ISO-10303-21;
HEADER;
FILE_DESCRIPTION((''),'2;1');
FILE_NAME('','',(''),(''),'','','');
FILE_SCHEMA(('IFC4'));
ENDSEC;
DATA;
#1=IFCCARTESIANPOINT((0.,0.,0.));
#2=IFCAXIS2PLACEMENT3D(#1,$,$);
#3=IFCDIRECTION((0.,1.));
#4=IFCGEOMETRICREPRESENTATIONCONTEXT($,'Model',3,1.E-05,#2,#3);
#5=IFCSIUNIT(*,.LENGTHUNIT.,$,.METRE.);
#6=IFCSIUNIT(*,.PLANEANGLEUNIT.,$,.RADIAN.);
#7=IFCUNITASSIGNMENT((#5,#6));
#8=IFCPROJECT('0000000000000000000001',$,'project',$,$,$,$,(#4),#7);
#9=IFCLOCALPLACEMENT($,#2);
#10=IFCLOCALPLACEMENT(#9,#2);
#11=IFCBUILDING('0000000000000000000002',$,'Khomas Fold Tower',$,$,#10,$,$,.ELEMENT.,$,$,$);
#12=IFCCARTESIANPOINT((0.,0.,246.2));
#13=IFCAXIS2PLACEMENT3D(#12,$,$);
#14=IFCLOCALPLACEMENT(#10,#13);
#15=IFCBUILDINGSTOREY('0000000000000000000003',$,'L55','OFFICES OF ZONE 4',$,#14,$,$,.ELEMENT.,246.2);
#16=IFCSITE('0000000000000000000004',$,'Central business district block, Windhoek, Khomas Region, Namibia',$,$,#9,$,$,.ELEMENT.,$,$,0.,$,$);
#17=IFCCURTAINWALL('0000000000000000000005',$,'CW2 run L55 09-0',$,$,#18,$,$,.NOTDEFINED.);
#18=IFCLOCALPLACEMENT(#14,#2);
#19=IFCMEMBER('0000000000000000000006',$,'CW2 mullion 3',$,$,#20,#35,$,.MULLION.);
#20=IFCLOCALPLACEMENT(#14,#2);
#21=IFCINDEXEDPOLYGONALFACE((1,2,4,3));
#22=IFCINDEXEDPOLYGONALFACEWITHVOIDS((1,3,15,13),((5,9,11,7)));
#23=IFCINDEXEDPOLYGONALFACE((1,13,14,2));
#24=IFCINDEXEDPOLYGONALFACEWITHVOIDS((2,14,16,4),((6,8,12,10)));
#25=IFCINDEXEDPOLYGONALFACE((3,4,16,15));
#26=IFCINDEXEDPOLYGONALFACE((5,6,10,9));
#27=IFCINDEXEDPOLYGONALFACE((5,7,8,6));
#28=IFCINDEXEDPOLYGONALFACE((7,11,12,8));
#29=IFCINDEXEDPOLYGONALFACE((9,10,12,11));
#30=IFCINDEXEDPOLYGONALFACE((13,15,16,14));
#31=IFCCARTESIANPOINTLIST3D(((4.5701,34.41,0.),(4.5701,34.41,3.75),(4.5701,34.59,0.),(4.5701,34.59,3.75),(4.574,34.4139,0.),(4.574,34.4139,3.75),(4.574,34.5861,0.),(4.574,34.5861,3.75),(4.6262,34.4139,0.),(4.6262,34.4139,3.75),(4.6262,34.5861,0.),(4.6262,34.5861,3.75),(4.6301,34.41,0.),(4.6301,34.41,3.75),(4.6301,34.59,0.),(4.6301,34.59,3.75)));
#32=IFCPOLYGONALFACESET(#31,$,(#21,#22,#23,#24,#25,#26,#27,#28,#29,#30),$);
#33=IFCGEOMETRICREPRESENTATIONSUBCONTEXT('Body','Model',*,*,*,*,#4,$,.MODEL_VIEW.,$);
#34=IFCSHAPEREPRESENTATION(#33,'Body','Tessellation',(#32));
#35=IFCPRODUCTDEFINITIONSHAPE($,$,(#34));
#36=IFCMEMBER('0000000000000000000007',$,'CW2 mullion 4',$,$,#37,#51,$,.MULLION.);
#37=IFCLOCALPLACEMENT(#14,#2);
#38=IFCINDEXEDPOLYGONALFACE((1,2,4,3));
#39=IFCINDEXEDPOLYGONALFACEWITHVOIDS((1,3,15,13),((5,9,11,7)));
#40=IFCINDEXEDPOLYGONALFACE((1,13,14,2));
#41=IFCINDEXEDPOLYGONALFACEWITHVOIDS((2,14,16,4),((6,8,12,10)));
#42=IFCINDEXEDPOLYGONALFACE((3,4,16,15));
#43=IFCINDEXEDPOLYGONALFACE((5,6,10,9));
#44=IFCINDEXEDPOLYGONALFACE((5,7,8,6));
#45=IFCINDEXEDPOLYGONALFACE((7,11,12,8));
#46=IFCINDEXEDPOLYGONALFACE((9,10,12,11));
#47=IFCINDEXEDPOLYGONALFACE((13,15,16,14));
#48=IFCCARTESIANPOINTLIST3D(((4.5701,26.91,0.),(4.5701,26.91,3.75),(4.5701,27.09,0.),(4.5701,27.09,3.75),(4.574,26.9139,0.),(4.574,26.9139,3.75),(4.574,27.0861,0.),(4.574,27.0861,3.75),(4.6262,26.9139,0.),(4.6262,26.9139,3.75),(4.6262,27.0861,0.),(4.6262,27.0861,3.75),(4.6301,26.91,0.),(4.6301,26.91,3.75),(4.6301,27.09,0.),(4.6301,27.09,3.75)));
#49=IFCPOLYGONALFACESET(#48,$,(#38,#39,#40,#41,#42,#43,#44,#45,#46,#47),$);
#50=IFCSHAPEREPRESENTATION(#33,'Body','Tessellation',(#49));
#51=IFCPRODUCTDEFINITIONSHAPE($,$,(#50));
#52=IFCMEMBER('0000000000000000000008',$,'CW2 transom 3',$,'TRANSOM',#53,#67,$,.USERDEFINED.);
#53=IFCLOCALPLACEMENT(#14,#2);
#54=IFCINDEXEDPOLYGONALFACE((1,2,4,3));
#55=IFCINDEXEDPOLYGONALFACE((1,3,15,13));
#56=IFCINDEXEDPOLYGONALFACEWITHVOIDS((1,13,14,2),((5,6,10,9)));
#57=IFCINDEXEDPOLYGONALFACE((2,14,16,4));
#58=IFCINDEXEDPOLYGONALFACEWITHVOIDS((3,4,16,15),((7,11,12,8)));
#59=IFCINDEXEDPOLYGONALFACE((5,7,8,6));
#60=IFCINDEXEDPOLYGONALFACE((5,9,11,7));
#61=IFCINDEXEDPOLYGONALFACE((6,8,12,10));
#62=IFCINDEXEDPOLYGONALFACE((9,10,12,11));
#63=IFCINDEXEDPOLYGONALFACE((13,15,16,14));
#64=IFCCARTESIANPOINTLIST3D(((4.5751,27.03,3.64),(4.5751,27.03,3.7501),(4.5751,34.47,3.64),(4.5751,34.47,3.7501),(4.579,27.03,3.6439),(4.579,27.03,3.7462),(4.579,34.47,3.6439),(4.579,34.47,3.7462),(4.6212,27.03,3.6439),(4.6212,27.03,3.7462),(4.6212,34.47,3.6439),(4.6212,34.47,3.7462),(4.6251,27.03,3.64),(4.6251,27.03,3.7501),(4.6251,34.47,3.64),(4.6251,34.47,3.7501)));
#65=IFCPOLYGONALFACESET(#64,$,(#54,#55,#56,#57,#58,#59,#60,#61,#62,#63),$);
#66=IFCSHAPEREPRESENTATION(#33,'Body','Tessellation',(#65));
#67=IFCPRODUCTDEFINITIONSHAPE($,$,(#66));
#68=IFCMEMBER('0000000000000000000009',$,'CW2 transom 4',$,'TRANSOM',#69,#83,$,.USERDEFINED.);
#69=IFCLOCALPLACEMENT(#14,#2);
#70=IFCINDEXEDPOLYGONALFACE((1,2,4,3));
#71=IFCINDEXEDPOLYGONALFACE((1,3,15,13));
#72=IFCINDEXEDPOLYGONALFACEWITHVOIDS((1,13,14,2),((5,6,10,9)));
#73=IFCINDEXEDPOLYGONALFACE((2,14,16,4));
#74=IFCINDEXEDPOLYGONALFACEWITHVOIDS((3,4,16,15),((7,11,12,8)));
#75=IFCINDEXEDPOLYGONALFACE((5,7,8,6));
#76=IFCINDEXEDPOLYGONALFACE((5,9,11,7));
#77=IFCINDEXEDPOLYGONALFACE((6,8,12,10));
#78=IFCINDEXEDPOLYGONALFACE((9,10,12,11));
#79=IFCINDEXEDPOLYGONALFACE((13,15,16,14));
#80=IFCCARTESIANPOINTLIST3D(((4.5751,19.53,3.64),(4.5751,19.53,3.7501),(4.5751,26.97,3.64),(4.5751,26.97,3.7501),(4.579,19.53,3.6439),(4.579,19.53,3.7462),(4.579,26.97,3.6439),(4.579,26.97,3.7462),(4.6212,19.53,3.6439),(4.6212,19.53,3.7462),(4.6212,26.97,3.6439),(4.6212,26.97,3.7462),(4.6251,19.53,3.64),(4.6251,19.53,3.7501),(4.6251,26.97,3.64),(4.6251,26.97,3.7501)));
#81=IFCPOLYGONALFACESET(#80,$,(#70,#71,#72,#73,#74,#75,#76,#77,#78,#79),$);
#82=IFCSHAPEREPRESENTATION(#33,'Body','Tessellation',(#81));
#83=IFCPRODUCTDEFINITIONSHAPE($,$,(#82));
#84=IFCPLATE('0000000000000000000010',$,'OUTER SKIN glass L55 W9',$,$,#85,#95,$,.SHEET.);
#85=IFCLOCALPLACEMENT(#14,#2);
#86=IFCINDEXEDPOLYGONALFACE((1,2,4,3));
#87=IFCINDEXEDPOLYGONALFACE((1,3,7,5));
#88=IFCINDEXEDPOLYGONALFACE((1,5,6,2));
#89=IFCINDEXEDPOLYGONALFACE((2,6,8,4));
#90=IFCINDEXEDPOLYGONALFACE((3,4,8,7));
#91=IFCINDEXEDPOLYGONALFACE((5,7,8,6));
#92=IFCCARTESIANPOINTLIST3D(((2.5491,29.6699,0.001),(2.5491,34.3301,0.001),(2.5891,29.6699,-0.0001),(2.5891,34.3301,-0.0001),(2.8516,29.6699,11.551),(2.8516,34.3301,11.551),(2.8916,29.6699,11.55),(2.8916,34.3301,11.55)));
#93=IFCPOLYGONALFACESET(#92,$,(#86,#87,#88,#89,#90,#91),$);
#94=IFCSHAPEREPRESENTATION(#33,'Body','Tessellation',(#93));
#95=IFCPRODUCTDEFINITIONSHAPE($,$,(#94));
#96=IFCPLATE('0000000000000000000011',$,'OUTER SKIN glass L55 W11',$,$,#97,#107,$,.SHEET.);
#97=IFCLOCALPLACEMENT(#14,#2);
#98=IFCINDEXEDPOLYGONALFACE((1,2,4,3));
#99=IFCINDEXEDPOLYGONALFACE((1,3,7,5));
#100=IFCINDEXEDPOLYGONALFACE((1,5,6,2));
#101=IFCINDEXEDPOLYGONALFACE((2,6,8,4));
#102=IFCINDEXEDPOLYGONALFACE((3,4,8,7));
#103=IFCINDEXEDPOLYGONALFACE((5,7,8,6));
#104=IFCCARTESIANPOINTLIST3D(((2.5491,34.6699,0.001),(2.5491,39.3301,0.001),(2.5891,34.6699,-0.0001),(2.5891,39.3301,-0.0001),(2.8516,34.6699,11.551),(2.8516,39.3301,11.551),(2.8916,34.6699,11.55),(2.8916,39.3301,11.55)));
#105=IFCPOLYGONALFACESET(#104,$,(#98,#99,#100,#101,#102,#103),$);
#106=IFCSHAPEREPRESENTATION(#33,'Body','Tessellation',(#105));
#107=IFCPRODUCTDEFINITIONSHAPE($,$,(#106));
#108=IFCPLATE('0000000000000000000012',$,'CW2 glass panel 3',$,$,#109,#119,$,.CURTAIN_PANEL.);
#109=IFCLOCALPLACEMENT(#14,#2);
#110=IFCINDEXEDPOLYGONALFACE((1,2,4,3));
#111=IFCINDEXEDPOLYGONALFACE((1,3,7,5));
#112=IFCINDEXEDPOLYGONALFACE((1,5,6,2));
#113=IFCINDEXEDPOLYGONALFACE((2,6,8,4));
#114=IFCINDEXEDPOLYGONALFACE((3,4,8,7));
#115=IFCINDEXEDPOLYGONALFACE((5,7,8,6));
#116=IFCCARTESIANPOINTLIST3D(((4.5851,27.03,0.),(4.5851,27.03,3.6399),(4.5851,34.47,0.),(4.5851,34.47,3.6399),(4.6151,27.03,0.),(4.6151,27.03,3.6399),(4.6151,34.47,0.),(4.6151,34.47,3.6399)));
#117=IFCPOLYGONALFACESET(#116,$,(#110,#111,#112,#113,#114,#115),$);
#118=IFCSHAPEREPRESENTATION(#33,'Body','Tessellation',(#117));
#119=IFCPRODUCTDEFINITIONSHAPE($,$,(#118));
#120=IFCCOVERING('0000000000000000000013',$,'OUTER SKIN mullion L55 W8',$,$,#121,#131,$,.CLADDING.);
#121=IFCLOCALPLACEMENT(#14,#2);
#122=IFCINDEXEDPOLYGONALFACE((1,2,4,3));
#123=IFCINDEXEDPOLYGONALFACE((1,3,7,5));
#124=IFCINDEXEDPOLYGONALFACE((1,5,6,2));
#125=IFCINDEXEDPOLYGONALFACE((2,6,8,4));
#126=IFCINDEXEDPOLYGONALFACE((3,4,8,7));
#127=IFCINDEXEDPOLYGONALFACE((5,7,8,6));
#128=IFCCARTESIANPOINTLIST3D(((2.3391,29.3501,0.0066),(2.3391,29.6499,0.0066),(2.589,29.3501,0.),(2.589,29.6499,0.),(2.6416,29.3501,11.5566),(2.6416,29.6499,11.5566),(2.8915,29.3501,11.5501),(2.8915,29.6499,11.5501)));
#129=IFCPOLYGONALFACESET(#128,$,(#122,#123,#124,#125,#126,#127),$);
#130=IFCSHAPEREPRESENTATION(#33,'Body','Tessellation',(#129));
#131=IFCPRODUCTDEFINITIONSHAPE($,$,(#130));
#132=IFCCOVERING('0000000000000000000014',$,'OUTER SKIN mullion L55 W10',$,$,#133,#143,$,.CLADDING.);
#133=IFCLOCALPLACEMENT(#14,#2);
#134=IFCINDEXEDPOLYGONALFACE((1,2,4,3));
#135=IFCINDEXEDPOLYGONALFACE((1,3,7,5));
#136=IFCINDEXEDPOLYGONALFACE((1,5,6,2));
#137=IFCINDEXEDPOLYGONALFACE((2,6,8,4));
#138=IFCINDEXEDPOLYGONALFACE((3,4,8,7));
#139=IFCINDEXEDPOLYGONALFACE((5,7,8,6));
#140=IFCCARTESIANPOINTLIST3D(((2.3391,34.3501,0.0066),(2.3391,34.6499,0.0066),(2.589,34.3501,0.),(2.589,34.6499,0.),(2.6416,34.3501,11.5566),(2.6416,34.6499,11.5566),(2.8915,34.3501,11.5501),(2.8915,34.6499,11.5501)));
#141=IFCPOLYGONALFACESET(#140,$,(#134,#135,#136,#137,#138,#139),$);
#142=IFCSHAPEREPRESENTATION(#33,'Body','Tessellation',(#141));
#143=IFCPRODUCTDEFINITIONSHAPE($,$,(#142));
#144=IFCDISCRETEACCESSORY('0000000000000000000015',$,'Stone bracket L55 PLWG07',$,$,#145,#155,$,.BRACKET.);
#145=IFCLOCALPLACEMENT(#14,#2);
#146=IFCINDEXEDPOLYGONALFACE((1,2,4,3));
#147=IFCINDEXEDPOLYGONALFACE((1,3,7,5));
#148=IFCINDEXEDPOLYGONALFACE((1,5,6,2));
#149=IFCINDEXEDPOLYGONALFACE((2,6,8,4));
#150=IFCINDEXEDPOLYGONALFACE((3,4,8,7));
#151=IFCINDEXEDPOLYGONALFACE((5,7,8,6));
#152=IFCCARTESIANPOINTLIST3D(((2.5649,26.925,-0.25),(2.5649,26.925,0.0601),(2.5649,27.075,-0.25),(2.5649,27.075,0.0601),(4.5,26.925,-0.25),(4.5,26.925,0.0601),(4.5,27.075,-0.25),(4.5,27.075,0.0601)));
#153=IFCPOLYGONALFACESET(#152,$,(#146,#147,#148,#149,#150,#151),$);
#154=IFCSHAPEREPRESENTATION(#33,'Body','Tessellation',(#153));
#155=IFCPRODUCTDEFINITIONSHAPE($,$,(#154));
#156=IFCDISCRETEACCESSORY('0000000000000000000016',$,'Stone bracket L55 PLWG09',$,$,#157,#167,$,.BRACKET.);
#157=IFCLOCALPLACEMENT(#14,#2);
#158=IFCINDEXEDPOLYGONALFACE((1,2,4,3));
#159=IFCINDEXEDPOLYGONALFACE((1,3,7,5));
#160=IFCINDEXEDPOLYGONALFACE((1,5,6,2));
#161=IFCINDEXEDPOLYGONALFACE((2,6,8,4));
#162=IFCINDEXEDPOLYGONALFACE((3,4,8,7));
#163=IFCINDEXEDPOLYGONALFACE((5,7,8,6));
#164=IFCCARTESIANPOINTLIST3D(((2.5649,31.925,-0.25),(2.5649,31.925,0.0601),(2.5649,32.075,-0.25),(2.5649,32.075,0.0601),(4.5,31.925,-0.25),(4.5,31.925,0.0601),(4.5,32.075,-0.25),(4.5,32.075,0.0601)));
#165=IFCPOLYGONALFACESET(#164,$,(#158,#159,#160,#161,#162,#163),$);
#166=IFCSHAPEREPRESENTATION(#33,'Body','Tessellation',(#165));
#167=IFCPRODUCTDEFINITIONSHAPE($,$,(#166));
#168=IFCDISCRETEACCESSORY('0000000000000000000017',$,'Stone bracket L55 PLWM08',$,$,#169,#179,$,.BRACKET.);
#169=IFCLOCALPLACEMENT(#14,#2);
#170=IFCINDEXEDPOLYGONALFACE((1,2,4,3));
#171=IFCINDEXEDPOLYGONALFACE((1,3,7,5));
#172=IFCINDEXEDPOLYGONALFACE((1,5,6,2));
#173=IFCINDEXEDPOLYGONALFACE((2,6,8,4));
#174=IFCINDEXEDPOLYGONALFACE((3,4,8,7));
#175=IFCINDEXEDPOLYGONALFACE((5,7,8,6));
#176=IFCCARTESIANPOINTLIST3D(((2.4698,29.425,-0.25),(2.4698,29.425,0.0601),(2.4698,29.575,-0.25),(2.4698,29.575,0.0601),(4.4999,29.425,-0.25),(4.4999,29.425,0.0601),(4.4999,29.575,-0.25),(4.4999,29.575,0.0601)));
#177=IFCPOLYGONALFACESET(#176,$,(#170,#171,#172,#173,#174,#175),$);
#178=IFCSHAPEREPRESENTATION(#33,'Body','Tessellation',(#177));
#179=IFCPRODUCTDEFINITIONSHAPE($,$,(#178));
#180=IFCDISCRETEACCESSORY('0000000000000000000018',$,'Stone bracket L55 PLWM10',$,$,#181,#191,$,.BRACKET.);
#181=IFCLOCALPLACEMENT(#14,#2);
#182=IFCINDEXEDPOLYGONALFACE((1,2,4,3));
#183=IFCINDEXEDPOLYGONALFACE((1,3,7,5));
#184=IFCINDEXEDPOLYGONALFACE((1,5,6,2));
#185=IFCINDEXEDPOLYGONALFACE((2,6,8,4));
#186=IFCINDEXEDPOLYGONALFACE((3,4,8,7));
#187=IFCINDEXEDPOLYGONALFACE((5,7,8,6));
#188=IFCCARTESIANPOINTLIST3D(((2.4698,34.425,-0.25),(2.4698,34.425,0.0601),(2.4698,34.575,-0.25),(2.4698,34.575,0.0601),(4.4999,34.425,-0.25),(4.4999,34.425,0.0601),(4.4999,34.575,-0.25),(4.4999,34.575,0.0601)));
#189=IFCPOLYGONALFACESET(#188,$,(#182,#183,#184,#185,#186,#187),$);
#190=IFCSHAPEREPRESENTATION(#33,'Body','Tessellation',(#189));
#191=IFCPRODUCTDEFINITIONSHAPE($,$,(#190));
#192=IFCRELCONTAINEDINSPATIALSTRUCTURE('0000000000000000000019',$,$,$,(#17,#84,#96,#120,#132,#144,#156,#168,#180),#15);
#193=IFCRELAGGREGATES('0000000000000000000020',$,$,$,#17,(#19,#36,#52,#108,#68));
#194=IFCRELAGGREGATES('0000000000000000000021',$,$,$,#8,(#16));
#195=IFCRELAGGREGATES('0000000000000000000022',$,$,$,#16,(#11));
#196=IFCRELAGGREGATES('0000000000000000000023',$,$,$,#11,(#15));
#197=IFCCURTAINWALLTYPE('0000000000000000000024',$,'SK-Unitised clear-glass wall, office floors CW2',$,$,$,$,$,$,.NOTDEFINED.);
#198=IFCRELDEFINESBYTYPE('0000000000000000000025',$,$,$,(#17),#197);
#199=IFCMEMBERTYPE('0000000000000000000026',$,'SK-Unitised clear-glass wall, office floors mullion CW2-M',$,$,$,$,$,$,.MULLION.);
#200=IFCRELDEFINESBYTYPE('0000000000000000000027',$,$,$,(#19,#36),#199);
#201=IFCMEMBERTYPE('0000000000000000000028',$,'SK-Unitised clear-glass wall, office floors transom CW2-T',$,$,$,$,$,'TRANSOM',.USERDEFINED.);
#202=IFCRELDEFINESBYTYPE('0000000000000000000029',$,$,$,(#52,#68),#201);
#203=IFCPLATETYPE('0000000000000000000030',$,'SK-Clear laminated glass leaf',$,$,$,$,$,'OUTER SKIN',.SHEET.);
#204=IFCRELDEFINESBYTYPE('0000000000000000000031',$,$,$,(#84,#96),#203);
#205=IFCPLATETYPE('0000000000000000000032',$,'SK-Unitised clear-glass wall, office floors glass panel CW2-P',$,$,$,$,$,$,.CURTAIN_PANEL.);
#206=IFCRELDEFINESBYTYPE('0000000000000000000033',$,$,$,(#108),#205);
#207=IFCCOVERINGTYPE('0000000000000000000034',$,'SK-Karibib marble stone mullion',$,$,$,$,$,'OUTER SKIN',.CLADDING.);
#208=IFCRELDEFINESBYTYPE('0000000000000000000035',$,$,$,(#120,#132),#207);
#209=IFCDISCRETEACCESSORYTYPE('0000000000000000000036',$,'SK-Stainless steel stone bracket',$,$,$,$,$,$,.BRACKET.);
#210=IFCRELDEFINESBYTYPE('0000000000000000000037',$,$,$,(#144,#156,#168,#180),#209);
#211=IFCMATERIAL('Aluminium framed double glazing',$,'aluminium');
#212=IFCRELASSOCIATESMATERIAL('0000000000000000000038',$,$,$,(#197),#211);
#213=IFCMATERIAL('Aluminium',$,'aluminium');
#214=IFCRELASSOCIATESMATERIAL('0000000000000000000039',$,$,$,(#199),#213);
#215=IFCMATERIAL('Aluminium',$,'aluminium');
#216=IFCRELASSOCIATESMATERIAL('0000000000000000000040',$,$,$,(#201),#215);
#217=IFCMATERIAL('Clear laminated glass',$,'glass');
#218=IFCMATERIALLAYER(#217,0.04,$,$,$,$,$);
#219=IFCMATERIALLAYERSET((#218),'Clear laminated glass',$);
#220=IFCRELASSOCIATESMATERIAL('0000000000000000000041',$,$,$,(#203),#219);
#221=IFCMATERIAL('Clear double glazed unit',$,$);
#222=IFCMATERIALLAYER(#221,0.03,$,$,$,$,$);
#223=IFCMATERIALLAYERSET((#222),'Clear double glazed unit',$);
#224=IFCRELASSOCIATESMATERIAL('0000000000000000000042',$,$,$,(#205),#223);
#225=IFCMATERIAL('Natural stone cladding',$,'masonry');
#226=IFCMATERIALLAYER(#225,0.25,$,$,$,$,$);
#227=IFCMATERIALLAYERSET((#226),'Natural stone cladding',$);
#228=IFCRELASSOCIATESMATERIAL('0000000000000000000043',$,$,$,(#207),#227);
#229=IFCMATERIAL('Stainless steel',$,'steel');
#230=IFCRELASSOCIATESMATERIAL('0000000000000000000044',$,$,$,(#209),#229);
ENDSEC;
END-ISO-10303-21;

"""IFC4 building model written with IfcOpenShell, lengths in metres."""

from ifc_helpers import new_model, si_unit, direction, frame, origin, origin_2d, place, context, subcontext, project, spatial, polyline, rectangle, hollow_rectangle, outline, extrude, source, transform, mapped, material, layer, layer_set, material_profile, profile_set, type_object, element, aggregate, save


model = new_model("IFC4")

# Units and contexts
model_context = context("Model", 3, precision=1e-05, world=origin(), true_north=direction((0.0, 1.0)))
body_context = subcontext(model_context, "Body", "Model", "MODEL_VIEW")
ifc_project = project(units=[si_unit("LENGTHUNIT", "METRE"), si_unit("PLANEANGLEUNIT", "RADIAN")], contexts=[model_context])

# Site, building, storey
site_placement = place(None, origin())
site = spatial("IfcSite", under=ifc_project, at=site_placement, Name="Central business district block, Windhoek, Khomas Region, Namibia", CompositionType="ELEMENT", RefElevation=0.0)
building_placement = place(site_placement, origin())
building = spatial("IfcBuilding", under=site, at=building_placement, Name="Khomas Fold Tower", CompositionType="ELEMENT")
storey_placement = place(building_placement, frame((0.0, 0.0, 246.2)))
storey = spatial("IfcBuildingStorey", under=building, at=storey_placement, Name="L55", Description="OFFICES OF ZONE 4", CompositionType="ELEMENT", Elevation=246.2)

# Curtain wall, members
ifc_material_1 = material(Name="Aluminium framed double glazing", Category="aluminium")
curtain_wall_type = type_object("IfcCurtainWallType", Name="SK-Unitised clear-glass wall, office floors CW2", PredefinedType="NOTDEFINED", material=ifc_material_1)
curtain_wall_placement = place(storey_placement, origin())
curtain_wall = element("IfcCurtainWall", 1, at=curtain_wall_placement, inside=storey, type_object=curtain_wall_type, Name="CW2 run L55 09-0", PredefinedType="NOTDEFINED")
ifc_material_2 = material(Name="Aluminium", Category="aluminium")
ifc_material_profile_1 = material_profile(ifc_material_2, hollow_rectangle(XDim=0.0601, YDim=0.1799, WallThickness=0.0039, at=origin_2d()), Name="SK-Unitised clear-glass wall, office floors mullion CW2-M")
ifc_profile_set_1 = profile_set([ifc_material_profile_1], Name="Aluminium")
member_type_1 = type_object("IfcMemberType", Name="SK-Unitised clear-glass wall, office floors mullion CW2-M", PredefinedType="MULLION", material=ifc_profile_set_1)
shared_shape_1 = source(origin(), body_context, "Body", "SweptSolid", [
    extrude(hollow_rectangle(XDim=0.0601, YDim=0.1799, WallThickness=0.0039, at=origin_2d()), origin(), (0.0, 0.0, 1.0), 3.75),
])
member_1_placement = place(storey_placement, frame((4.6001, 34.5, 0.0), z_axis=(0.0, 0.0, 1.0), x_axis=(1.0, 0.0, 0.0)))
member_1 = element("IfcMember", 2, at=member_1_placement, type_object=member_type_1, Name="CW2 mullion 3", PredefinedType="MULLION", context=body_context, shape_type="MappedRepresentation", body=[
    mapped(shared_shape_1, transform((0.0, 0.0, 0.0))),
])
member_2_placement = place(storey_placement, frame((4.6001, 27.0, 0.0), z_axis=(0.0, 0.0, 1.0), x_axis=(1.0, 0.0, 0.0)))
member_2 = element("IfcMember", 3, at=member_2_placement, type_object=member_type_1, Name="CW2 mullion 4", PredefinedType="MULLION", context=body_context, shape_type="MappedRepresentation", body=[
    mapped(shared_shape_1, transform((0.0, 0.0, 0.0))),
])
ifc_material_3 = material(Name="Aluminium", Category="aluminium")
ifc_material_profile_2 = material_profile(ifc_material_3, hollow_rectangle(XDim=0.05, YDim=0.1101, WallThickness=0.0039, at=origin_2d()), Name="SK-Unitised clear-glass wall, office floors transom CW2-T")
ifc_profile_set_2 = profile_set([ifc_material_profile_2], Name="Aluminium")
member_type_2 = type_object("IfcMemberType", Name="SK-Unitised clear-glass wall, office floors transom CW2-T", ElementType="TRANSOM", PredefinedType="USERDEFINED", material=ifc_profile_set_2)
shared_shape_2 = source(origin(), body_context, "Body", "SweptSolid", [
    extrude(hollow_rectangle(XDim=0.05, YDim=0.1101, WallThickness=0.0039, at=origin_2d()), origin(), (0.0, 0.0, 1.0), 7.4399),
])
member_3_placement = place(storey_placement, frame((4.6001, 34.47, 3.6951), z_axis=(0.0, -1.0, 0.0), x_axis=(1.0, 0.0, 0.0)))
member_3 = element("IfcMember", 4, at=member_3_placement, type_object=member_type_2, Name="CW2 transom 3", ObjectType="TRANSOM", PredefinedType="USERDEFINED", context=body_context, shape_type="MappedRepresentation", body=[
    mapped(shared_shape_2, transform((0.0, 0.0, 0.0))),
])
member_4_placement = place(storey_placement, frame((4.6001, 26.97, 3.6951), z_axis=(0.0, -1.0, 0.0), x_axis=(1.0, 0.0, 0.0)))
member_4 = element("IfcMember", 5, at=member_4_placement, type_object=member_type_2, Name="CW2 transom 4", ObjectType="TRANSOM", PredefinedType="USERDEFINED", context=body_context, shape_type="MappedRepresentation", body=[
    mapped(shared_shape_2, transform((0.0, 0.0, 0.0))),
])

# Plates
ifc_material_4 = material(Name="Clear laminated glass", Category="glass")
ifc_layer_1 = layer(ifc_material_4, 0.04)
ifc_layer_set_1 = layer_set([ifc_layer_1], Name="Clear laminated glass")
plate_type_1 = type_object("IfcPlateType", Name="SK-Clear laminated glass leaf", ElementType="OUTER SKIN", PredefinedType="SHEET", material=ifc_layer_set_1)
for number, where, z_axis, x_axis, name in (
    (6, (2.5491, 29.6699, 0.001), (-0.999657, 0.0, 0.026181), (0.0, 1.0, 0.0), "OUTER SKIN glass L55 W9"),
    (7, (2.5491, 34.6699, 0.001), (-0.999657, 0.0, 0.026181), (0.0, 1.0, 0.0), "OUTER SKIN glass L55 W11"),
):
    element("IfcPlate", number, at=place(storey_placement, frame(where, z_axis=z_axis, x_axis=x_axis)), inside=storey, type_object=plate_type_1, Name=name, PredefinedType="SHEET", context=body_context, shape_type="SweptSolid", body=[
        extrude(outline(polyline([(0.0, 0.0), (4.6602, 0.0), (4.6602, -11.554), (0.0, -11.554), (0.0, 0.0)])), origin(), (0.0, 0.0, -1.0), 0.04),
    ])

# Plate
ifc_material_5 = material(Name="Clear double glazed unit")
ifc_layer_2 = layer(ifc_material_5, 0.03)
ifc_layer_set_2 = layer_set([ifc_layer_2], Name="Clear double glazed unit")
plate_type_2 = type_object("IfcPlateType", Name="SK-Unitised clear-glass wall, office floors glass panel CW2-P", PredefinedType="CURTAIN_PANEL", material=ifc_layer_set_2)
shared_shape_3 = source(origin(), body_context, "Body", "SweptSolid", [
    extrude(rectangle(XDim=7.4399, YDim=0.03, at=origin_2d()), origin(), (0.0, 0.0, 1.0), 3.6399),
])
plate_placement = place(storey_placement, frame((4.6001, 30.75, 0.0), z_axis=(0.0, 0.0, 1.0), x_axis=(0.0, -1.0, 0.0)))
plate = element("IfcPlate", 8, at=plate_placement, type_object=plate_type_2, Name="CW2 glass panel 3", PredefinedType="CURTAIN_PANEL", context=body_context, shape_type="MappedRepresentation", body=[
    mapped(shared_shape_3, transform((0.0, 0.0, 0.0))),
])
aggregate(curtain_wall, [member_1, member_2, member_3, plate, member_4])

# Coverings
ifc_material_6 = material(Name="Natural stone cladding", Category="masonry")
ifc_layer_3 = layer(ifc_material_6, 0.25)
ifc_layer_set_3 = layer_set([ifc_layer_3], Name="Natural stone cladding")
covering_type = type_object("IfcCoveringType", Name="SK-Karibib marble stone mullion", ElementType="OUTER SKIN", PredefinedType="CLADDING", material=ifc_layer_set_3)
for number, where, z_axis, x_axis, name in (
    (9, (2.3391, 29.3501, 0.0066), (-0.999657, 0.0, 0.026181), (0.0, 1.0, 0.0), "OUTER SKIN mullion L55 W8"),
    (10, (2.3391, 34.3501, 0.0066), (-0.999657, 0.0, 0.026181), (0.0, 1.0, 0.0), "OUTER SKIN mullion L55 W10"),
):
    element("IfcCovering", number, at=place(storey_placement, frame(where, z_axis=z_axis, x_axis=x_axis)), inside=storey, type_object=covering_type, Name=name, PredefinedType="CLADDING", context=body_context, shape_type="SweptSolid", body=[
        extrude(outline(polyline([(0.0, 0.0), (0.2998, 0.0), (0.2998, -11.554), (0.0, -11.554), (0.0, 0.0)])), origin(), (0.0, 0.0, -1.0), 0.25),
    ])

# Discrete accessories
ifc_material_7 = material(Name="Stainless steel", Category="steel")
discrete_accessory_type = type_object("IfcDiscreteAccessoryType", Name="SK-Stainless steel stone bracket", PredefinedType="BRACKET", material=ifc_material_7)
shared_shape_4 = source(origin(), body_context, "Body", "SweptSolid", [
    extrude(rectangle(XDim=1.9351, YDim=0.1499, at=origin_2d()), origin(), (0.0, 0.0, 1.0), 0.3101),
])
for number, where, z_axis, x_axis, name in (
    (11, (3.5325, 27.0, -0.25), (0.0, 0.0, 1.0), (-1.0, 0.0, 0.0), "Stone bracket L55 PLWG07"),
    (12, (3.5325, 32.0, -0.25), (0.0, 0.0, 1.0), (-1.0, 0.0, 0.0), "Stone bracket L55 PLWG09"),
):
    element("IfcDiscreteAccessory", number, at=place(storey_placement, frame(where, z_axis=z_axis, x_axis=x_axis)), inside=storey, type_object=discrete_accessory_type, Name=name, PredefinedType="BRACKET", context=body_context, shape_type="MappedRepresentation", body=[
        mapped(shared_shape_4, transform((0.0, 0.0, 0.0))),
    ])
shared_shape_5 = source(origin(), body_context, "Body", "SweptSolid", [
    extrude(rectangle(XDim=2.03, YDim=0.1499, at=origin_2d()), origin(), (0.0, 0.0, 1.0), 0.3101),
])
for number, where, z_axis, x_axis, name in (
    (13, (3.4849, 29.5, -0.25), (0.0, 0.0, 1.0), (-1.0, 0.0, 0.0), "Stone bracket L55 PLWM08"),
    (14, (3.4849, 34.5, -0.25), (0.0, 0.0, 1.0), (-1.0, 0.0, 0.0), "Stone bracket L55 PLWM10"),
):
    element("IfcDiscreteAccessory", number, at=place(storey_placement, frame(where, z_axis=z_axis, x_axis=x_axis)), inside=storey, type_object=discrete_accessory_type, Name=name, PredefinedType="BRACKET", context=body_context, shape_type="MappedRepresentation", body=[
        mapped(shared_shape_5, transform((0.0, 0.0, 0.0))),
    ])

save(model, "model.ifc")
